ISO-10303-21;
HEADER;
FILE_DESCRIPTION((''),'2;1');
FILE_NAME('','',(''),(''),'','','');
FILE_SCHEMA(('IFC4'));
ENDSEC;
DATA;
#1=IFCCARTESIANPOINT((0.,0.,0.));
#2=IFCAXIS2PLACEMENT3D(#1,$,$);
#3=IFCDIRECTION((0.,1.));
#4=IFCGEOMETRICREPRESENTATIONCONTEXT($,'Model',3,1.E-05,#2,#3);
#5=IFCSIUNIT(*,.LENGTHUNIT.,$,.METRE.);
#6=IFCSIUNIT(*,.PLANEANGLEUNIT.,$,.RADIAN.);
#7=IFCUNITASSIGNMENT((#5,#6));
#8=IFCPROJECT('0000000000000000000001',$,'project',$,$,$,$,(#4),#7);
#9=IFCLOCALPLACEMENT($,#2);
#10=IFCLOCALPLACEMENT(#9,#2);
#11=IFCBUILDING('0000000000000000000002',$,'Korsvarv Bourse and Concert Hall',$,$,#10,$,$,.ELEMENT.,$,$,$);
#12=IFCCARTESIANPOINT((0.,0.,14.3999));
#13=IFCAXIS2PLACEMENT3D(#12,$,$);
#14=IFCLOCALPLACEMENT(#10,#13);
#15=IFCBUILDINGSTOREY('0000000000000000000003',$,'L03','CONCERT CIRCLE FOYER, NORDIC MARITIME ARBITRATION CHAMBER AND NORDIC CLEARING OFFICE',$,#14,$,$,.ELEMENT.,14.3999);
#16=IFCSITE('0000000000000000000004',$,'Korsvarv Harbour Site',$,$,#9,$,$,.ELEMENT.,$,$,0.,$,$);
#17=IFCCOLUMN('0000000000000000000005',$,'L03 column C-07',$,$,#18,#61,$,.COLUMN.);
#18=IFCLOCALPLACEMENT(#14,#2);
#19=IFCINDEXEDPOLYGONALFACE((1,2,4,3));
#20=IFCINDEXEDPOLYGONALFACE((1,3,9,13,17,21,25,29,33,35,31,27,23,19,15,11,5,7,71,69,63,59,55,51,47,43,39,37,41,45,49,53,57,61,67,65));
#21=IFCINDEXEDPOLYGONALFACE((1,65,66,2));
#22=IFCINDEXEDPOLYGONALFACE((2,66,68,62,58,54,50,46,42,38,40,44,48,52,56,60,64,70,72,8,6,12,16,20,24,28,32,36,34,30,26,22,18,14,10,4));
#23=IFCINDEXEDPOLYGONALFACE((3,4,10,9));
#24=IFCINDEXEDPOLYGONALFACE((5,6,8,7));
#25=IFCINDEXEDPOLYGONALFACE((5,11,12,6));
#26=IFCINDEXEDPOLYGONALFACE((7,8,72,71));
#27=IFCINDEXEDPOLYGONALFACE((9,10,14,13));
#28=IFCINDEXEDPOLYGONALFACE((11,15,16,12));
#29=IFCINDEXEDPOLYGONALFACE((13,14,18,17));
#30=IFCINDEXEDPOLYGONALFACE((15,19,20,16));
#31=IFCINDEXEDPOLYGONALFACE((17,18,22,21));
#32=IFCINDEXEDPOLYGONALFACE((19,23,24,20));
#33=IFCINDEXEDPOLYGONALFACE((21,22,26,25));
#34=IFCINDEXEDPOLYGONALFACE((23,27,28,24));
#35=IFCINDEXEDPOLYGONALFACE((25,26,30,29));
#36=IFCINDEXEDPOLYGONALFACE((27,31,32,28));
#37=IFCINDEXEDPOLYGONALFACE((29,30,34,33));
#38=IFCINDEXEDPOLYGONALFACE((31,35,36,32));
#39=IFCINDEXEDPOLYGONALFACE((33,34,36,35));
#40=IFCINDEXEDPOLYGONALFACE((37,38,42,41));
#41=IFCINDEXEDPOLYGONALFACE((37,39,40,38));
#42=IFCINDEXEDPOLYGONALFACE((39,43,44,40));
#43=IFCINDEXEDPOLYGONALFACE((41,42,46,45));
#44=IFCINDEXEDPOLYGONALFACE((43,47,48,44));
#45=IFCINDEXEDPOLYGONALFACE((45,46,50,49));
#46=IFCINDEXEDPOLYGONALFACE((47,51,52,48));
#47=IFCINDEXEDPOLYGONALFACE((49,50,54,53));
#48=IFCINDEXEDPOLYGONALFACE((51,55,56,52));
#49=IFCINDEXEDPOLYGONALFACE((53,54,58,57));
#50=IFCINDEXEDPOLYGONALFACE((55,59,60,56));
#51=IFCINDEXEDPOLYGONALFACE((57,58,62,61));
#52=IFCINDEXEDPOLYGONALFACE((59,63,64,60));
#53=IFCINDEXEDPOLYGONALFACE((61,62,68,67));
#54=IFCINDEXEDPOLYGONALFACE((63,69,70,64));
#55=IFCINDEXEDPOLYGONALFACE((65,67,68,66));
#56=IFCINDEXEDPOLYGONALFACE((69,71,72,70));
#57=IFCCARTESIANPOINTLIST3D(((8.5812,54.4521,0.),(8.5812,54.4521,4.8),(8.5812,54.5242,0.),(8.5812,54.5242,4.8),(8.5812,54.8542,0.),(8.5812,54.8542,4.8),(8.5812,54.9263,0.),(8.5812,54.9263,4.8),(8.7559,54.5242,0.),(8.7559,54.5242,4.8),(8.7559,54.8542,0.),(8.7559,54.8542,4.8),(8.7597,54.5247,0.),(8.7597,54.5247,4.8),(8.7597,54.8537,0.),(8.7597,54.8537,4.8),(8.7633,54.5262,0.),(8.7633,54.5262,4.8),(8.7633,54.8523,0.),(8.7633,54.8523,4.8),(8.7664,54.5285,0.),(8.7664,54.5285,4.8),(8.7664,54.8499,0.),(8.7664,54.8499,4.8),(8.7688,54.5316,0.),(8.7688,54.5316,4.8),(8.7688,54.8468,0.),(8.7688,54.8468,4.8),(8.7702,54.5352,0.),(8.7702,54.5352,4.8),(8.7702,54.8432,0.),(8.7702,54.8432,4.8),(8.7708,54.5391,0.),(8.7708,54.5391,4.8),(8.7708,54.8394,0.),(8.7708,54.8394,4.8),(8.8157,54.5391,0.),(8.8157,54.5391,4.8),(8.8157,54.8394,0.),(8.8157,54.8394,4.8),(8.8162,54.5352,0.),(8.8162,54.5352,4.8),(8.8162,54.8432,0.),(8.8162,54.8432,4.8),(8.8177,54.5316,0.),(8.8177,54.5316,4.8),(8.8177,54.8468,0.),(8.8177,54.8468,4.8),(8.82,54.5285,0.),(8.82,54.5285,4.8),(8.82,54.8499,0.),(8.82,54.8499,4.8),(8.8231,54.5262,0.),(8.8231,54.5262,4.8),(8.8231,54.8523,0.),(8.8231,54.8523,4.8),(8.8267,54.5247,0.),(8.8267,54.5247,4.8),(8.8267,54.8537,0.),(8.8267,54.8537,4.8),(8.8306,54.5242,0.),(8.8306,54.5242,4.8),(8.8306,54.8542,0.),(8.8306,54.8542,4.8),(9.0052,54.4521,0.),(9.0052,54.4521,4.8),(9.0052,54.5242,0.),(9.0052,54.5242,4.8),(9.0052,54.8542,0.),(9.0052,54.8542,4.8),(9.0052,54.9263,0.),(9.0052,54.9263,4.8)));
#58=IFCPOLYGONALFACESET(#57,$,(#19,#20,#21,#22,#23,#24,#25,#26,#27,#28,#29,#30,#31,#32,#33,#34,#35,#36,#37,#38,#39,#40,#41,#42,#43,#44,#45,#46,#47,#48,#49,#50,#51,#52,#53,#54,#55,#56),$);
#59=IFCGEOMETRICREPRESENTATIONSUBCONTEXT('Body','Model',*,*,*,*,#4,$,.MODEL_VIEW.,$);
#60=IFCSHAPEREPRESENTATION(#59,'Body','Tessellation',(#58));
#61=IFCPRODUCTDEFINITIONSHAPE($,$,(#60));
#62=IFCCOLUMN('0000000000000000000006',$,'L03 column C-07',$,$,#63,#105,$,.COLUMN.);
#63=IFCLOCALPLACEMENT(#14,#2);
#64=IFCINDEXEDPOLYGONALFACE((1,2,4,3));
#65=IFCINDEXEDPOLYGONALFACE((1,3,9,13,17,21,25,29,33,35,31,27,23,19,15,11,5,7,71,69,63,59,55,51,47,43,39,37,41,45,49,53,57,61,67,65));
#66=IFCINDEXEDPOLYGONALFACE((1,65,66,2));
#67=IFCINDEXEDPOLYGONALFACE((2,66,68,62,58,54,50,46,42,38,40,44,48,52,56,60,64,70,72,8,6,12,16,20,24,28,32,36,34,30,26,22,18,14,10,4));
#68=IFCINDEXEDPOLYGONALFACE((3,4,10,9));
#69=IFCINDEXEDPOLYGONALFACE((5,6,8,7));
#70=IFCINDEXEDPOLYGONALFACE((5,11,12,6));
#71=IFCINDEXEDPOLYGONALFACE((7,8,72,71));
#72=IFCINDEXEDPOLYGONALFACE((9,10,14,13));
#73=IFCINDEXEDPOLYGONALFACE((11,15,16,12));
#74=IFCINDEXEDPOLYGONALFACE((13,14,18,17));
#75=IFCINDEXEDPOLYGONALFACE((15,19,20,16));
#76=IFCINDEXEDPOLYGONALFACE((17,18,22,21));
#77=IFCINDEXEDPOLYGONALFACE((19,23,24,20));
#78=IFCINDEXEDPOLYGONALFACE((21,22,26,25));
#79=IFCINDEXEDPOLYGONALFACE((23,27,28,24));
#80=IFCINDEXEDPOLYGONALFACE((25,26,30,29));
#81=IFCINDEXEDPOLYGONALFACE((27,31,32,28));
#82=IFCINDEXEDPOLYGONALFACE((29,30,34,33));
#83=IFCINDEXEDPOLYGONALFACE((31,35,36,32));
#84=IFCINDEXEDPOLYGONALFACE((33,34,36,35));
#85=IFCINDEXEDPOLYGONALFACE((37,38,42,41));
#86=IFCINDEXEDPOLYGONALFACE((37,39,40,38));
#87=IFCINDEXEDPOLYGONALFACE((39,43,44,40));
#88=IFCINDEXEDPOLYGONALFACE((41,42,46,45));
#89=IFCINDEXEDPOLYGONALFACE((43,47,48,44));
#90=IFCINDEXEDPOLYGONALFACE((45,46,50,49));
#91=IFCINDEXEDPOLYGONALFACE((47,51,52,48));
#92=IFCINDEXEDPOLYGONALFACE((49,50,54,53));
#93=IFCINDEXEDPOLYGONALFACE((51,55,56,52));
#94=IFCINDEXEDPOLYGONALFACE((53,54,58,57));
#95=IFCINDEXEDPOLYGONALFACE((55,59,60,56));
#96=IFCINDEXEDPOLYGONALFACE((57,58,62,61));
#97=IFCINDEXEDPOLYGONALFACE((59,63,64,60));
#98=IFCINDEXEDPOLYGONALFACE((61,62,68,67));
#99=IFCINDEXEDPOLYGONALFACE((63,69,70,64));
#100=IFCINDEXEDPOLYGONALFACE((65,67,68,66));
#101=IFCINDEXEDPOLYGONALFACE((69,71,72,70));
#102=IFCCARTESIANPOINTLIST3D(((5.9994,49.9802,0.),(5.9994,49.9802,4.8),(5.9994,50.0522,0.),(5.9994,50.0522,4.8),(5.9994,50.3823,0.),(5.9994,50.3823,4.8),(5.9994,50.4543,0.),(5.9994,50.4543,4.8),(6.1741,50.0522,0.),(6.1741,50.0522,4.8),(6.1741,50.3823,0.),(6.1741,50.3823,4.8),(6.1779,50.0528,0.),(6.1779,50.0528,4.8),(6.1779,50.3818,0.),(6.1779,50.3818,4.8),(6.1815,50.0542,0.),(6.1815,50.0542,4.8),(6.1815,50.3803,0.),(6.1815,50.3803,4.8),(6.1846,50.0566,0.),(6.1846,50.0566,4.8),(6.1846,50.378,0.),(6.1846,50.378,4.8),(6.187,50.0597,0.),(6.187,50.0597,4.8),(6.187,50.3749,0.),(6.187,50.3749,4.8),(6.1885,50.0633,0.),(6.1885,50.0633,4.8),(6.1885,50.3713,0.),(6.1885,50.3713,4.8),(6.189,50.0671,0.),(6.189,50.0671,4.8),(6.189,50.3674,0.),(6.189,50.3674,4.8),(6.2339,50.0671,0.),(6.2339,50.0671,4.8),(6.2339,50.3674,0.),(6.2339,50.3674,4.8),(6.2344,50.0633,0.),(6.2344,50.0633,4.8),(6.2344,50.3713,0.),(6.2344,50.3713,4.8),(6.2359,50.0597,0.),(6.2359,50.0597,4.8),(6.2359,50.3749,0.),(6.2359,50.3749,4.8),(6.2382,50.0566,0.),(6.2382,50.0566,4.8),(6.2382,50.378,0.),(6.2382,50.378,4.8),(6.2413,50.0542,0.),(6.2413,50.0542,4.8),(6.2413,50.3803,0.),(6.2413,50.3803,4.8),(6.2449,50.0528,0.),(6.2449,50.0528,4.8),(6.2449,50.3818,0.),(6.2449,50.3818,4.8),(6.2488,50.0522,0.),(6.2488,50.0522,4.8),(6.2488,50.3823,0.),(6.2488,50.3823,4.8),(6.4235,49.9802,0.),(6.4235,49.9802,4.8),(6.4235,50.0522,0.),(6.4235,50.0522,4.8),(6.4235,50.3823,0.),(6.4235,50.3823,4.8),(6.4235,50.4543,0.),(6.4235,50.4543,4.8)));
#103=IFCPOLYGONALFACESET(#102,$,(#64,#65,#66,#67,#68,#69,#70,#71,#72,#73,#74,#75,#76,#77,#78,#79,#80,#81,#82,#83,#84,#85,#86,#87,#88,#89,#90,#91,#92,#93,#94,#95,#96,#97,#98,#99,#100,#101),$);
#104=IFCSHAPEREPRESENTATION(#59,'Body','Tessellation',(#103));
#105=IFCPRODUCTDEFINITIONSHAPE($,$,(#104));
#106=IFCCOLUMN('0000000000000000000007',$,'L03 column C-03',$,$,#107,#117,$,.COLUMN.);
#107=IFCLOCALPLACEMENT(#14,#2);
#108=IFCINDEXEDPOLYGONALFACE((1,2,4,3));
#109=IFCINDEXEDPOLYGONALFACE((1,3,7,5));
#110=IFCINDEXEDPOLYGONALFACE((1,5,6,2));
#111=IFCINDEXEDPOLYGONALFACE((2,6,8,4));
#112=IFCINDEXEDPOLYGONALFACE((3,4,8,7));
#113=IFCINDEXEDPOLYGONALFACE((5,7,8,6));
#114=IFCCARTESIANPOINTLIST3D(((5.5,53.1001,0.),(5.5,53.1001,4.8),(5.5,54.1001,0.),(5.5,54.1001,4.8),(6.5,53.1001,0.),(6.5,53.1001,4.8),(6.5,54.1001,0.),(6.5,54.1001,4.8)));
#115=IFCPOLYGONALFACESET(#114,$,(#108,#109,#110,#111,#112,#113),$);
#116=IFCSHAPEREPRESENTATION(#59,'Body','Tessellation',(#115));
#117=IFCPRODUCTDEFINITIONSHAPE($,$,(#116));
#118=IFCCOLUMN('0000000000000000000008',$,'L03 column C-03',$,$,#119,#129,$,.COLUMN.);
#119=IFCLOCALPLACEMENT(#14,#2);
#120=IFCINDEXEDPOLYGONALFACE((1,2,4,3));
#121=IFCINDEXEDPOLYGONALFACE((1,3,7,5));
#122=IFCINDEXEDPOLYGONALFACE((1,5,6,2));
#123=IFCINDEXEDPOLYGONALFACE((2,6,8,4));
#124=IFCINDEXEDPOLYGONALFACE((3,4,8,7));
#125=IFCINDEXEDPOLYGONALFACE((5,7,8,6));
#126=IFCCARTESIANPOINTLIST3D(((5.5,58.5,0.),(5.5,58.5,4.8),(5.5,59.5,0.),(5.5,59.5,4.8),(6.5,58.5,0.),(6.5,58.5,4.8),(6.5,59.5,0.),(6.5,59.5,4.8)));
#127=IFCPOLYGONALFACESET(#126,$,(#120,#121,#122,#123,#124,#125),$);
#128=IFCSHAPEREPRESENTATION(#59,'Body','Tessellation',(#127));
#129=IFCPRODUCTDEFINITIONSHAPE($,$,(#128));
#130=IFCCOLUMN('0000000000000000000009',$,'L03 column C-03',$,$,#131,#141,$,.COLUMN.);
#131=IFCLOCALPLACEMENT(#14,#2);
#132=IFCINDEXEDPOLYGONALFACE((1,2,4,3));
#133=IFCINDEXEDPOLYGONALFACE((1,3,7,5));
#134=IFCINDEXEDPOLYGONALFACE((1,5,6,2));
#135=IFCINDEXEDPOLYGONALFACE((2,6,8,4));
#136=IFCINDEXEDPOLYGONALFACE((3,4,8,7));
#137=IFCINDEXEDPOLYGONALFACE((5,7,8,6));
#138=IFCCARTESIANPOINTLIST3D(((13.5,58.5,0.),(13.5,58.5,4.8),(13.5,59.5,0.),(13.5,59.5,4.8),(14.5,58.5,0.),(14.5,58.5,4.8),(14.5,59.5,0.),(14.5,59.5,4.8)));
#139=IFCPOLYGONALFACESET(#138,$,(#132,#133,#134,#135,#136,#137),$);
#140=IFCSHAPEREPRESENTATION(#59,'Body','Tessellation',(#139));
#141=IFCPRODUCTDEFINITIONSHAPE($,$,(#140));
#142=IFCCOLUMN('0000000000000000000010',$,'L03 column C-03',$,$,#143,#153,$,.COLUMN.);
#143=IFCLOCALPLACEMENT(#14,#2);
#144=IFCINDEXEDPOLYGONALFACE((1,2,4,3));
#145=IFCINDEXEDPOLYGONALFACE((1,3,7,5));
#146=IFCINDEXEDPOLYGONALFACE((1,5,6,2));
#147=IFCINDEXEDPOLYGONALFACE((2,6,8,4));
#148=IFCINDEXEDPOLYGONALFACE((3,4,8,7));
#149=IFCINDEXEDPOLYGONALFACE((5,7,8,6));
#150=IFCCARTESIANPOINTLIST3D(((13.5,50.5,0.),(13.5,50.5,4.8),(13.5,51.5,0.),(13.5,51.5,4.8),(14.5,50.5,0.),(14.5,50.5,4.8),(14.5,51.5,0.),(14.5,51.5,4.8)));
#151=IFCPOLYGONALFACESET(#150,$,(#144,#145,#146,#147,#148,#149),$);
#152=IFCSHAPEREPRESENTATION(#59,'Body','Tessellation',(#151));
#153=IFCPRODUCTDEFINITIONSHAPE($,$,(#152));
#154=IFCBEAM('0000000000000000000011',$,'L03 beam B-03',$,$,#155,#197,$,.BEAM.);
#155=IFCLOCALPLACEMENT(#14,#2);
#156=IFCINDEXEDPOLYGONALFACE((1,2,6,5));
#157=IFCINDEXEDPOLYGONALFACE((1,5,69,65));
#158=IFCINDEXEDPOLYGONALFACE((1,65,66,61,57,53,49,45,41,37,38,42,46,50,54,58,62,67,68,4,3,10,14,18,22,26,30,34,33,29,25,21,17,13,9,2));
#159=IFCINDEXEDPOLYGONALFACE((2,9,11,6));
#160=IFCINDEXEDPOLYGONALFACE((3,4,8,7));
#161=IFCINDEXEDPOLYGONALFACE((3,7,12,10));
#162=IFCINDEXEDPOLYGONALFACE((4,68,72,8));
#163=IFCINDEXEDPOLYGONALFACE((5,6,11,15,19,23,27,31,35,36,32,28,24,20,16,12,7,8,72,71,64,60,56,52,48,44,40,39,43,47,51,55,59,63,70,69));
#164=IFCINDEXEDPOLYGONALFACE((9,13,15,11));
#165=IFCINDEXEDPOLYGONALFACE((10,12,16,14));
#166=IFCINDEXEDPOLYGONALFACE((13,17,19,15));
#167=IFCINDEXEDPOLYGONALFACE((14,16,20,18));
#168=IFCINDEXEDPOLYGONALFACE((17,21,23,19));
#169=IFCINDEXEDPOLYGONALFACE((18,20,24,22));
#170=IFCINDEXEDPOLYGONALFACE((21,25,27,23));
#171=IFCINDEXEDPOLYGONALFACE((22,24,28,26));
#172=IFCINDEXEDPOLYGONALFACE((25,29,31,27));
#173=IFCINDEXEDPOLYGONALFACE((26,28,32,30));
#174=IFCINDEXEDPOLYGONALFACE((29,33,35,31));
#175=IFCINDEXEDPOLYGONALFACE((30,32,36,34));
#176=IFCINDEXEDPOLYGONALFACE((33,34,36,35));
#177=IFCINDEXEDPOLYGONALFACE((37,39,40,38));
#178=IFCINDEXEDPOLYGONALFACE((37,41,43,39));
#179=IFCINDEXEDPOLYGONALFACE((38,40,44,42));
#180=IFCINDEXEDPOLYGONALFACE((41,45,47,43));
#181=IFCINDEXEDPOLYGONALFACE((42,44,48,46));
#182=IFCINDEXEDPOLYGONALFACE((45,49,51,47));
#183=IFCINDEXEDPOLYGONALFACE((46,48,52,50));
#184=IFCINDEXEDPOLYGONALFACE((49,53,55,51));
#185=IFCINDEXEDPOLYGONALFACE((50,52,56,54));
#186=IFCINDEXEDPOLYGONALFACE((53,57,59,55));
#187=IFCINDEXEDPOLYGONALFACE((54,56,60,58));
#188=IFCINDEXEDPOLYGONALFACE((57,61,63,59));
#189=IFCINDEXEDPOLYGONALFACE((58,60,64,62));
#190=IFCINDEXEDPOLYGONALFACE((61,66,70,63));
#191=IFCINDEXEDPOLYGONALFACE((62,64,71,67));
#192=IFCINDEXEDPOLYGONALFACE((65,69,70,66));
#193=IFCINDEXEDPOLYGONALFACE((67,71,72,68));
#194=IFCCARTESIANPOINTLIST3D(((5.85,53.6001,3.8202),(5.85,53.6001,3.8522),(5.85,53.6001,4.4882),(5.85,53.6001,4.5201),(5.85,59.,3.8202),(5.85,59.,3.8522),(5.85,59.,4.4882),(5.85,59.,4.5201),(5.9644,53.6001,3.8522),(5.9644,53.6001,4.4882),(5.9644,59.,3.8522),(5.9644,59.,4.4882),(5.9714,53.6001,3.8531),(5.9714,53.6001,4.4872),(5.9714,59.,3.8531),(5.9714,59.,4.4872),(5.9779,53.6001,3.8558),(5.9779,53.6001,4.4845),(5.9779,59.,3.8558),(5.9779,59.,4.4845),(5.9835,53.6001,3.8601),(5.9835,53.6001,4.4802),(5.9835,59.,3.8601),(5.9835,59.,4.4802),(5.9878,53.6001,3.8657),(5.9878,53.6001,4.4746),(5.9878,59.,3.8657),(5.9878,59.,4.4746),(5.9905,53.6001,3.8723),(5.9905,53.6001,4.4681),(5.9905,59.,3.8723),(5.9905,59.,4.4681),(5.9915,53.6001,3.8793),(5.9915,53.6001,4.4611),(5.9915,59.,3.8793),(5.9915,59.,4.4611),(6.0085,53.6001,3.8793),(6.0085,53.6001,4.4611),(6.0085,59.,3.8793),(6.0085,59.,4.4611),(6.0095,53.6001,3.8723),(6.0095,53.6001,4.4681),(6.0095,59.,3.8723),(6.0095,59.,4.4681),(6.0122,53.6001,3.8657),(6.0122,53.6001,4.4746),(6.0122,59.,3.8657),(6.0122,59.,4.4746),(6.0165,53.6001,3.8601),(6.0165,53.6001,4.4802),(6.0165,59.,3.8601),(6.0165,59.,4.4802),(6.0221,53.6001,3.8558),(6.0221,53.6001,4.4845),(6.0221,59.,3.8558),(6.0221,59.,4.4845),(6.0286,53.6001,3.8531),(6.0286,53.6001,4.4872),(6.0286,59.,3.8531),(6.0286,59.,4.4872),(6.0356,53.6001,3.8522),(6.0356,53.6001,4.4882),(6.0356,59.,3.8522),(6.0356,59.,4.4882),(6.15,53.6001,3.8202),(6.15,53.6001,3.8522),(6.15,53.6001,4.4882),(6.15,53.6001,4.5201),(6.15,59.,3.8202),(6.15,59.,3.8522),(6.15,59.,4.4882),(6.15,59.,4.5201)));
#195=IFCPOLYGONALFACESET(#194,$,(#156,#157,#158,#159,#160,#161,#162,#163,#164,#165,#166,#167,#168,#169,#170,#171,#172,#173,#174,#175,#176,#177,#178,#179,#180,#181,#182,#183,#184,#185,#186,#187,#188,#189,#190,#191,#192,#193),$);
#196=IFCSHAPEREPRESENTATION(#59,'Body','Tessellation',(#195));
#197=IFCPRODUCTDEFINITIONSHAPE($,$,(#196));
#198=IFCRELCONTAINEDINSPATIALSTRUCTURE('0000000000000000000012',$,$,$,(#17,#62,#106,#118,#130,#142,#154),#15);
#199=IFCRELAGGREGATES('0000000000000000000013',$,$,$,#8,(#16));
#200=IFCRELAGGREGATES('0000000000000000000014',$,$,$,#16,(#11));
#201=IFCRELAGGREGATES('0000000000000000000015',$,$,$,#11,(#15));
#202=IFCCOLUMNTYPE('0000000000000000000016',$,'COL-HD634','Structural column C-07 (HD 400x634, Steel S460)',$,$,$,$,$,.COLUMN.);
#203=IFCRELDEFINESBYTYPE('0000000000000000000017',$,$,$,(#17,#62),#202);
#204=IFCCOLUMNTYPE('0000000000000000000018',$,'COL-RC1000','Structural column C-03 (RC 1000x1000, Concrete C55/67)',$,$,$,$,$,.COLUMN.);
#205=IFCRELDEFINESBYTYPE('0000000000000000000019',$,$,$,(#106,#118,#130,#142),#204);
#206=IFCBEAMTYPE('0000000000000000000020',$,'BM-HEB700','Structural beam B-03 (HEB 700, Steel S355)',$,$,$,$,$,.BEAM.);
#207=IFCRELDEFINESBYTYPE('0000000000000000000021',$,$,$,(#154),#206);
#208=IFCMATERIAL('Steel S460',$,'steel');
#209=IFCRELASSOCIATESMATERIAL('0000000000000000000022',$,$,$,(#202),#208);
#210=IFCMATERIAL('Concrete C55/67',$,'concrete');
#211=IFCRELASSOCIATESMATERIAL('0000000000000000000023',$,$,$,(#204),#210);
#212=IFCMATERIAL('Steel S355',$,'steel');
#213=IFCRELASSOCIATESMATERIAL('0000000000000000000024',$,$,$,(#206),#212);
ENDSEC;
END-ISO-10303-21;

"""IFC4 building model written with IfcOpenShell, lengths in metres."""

from ifc_helpers import new_model, si_unit, direction, frame, origin, origin_2d, place, context, subcontext, project, spatial, rectangle, i_section, extrude, source, transform, mapped, material, material_profile, profile_set, type_object, element, save


model = new_model("IFC4")

# Units and contexts
model_context = context("Model", 3, precision=1e-05, world=origin(), true_north=direction((0.0, 1.0)))
body_context = subcontext(model_context, "Body", "Model", "MODEL_VIEW")
ifc_project = project(units=[si_unit("LENGTHUNIT", "METRE"), si_unit("PLANEANGLEUNIT", "RADIAN")], contexts=[model_context])

# Site, building, storey
site_placement = place(None, origin())
site = spatial("IfcSite", under=ifc_project, at=site_placement, Name="Korsvarv Harbour Site", CompositionType="ELEMENT", RefElevation=0.0)
building_placement = place(site_placement, origin())
building = spatial("IfcBuilding", under=site, at=building_placement, Name="Korsvarv Bourse and Concert Hall", CompositionType="ELEMENT")
storey_placement = place(building_placement, frame((0.0, 0.0, 14.3999)))
storey = spatial("IfcBuildingStorey", under=building, at=storey_placement, Name="L03", Description="CONCERT CIRCLE FOYER, NORDIC MARITIME ARBITRATION CHAMBER AND NORDIC CLEARING OFFICE", CompositionType="ELEMENT", Elevation=14.3999)

# Columns
ifc_material_1 = material(Name="Steel S460", Category="steel")
ifc_material_profile_1 = material_profile(ifc_material_1, i_section(OverallWidth=0.4241, OverallDepth=0.4741, WebThickness=0.0449, FlangeThickness=0.072, FilletRadius=0.0149, at=origin_2d()), Name="HD 400x634")
ifc_profile_set_1 = profile_set([ifc_material_profile_1], Name="Steel S460")
column_type_1 = type_object("IfcColumnType", Name="COL-HD634", Description="Structural column C-07 (HD 400x634, Steel S460)", PredefinedType="COLUMN", material=ifc_profile_set_1)
shared_shape_1 = source(origin(), body_context, "Body", "SweptSolid", [
    extrude(i_section(OverallWidth=0.4241, OverallDepth=0.4741, WebThickness=0.0449, FlangeThickness=0.072, FilletRadius=0.0149, at=origin_2d()), origin(), (0.0, 0.0, 1.0), 4.8),
])
for number, where, z_axis, x_axis, name in (
    (1, (8.7932, 54.6892, 0.0), (0.0, 0.0, 1.0), (1.0, 0.0, 0.0), "L03 column C-07"),
    (2, (6.2114, 50.2173, 0.0), (0.0, 0.0, 1.0), (1.0, 0.0, 0.0), "L03 column C-07"),
):
    element("IfcColumn", number, at=place(storey_placement, frame(where, z_axis=z_axis, x_axis=x_axis)), inside=storey, type_object=column_type_1, Name=name, PredefinedType="COLUMN", context=body_context, shape_type="MappedRepresentation", body=[
        mapped(shared_shape_1, transform((0.0, 0.0, 0.0), scale=1.0)),
    ])
ifc_material_2 = material(Name="Concrete C55/67", Category="concrete")
ifc_material_profile_2 = material_profile(ifc_material_2, rectangle(XDim=1.0, YDim=1.0, at=origin_2d()), Name="RC 1000x1000")
ifc_profile_set_2 = profile_set([ifc_material_profile_2], Name="Concrete C55/67")
column_type_2 = type_object("IfcColumnType", Name="COL-RC1000", Description="Structural column C-03 (RC 1000x1000, Concrete C55/67)", PredefinedType="COLUMN", material=ifc_profile_set_2)
shared_shape_2 = source(origin(), body_context, "Body", "SweptSolid", [
    extrude(rectangle(XDim=1.0, YDim=1.0, at=origin_2d()), origin(), (0.0, 0.0, 1.0), 4.8),
])
for number, where, z_axis, x_axis, name in (
    (3, (6.0, 53.6001, 0.0), (0.0, 0.0, 1.0), (1.0, 0.0, 0.0), "L03 column C-03"),
    (4, (6.0, 59.0, 0.0), (0.0, 0.0, 1.0), (1.0, 0.0, 0.0), "L03 column C-03"),
    (5, (14.0, 59.0, 0.0), (0.0, 0.0, 1.0), (1.0, 0.0, 0.0), "L03 column C-03"),
    (6, (14.0, 51.0, 0.0), (0.0, 0.0, 1.0), (1.0, 0.0, 0.0), "L03 column C-03"),
):
    element("IfcColumn", number, at=place(storey_placement, frame(where, z_axis=z_axis, x_axis=x_axis)), inside=storey, type_object=column_type_2, Name=name, PredefinedType="COLUMN", context=body_context, shape_type="MappedRepresentation", body=[
        mapped(shared_shape_2, transform((0.0, 0.0, 0.0), scale=1.0)),
    ])

# Beam
ifc_material_3 = material(Name="Steel S355", Category="steel")
ifc_material_profile_3 = material_profile(ifc_material_3, i_section(OverallWidth=0.3, OverallDepth=0.7, WebThickness=0.0171, FlangeThickness=0.032, FilletRadius=0.0271, at=origin_2d()), Name="HEB 700")
ifc_profile_set_3 = profile_set([ifc_material_profile_3], Name="Steel S355")
beam_type = type_object("IfcBeamType", Name="BM-HEB700", Description="Structural beam B-03 (HEB 700, Steel S355)", PredefinedType="BEAM", material=ifc_profile_set_3)
shared_shape_3 = source(origin(), body_context, "Body", "SweptSolid", [
    extrude(i_section(OverallWidth=0.3, OverallDepth=0.7, WebThickness=0.0171, FlangeThickness=0.032, FilletRadius=0.0271, at=origin_2d()), origin(), (0.0, 0.0, 1.0), 5.3999),
])
beam_1_placement = place(storey_placement, frame((6.0, 53.6001, 4.1702), z_axis=(0.0, 1.0, 0.0), x_axis=(-1.0, 0.0, 0.0)))
element("IfcBeam", 7, at=beam_1_placement, inside=storey, type_object=beam_type, Name="L03 beam B-03", PredefinedType="BEAM", context=body_context, shape_type="MappedRepresentation", body=[
    mapped(shared_shape_3, transform((0.0, 0.0, 0.0), scale=1.0)),
])

save(model, "model.ifc")
